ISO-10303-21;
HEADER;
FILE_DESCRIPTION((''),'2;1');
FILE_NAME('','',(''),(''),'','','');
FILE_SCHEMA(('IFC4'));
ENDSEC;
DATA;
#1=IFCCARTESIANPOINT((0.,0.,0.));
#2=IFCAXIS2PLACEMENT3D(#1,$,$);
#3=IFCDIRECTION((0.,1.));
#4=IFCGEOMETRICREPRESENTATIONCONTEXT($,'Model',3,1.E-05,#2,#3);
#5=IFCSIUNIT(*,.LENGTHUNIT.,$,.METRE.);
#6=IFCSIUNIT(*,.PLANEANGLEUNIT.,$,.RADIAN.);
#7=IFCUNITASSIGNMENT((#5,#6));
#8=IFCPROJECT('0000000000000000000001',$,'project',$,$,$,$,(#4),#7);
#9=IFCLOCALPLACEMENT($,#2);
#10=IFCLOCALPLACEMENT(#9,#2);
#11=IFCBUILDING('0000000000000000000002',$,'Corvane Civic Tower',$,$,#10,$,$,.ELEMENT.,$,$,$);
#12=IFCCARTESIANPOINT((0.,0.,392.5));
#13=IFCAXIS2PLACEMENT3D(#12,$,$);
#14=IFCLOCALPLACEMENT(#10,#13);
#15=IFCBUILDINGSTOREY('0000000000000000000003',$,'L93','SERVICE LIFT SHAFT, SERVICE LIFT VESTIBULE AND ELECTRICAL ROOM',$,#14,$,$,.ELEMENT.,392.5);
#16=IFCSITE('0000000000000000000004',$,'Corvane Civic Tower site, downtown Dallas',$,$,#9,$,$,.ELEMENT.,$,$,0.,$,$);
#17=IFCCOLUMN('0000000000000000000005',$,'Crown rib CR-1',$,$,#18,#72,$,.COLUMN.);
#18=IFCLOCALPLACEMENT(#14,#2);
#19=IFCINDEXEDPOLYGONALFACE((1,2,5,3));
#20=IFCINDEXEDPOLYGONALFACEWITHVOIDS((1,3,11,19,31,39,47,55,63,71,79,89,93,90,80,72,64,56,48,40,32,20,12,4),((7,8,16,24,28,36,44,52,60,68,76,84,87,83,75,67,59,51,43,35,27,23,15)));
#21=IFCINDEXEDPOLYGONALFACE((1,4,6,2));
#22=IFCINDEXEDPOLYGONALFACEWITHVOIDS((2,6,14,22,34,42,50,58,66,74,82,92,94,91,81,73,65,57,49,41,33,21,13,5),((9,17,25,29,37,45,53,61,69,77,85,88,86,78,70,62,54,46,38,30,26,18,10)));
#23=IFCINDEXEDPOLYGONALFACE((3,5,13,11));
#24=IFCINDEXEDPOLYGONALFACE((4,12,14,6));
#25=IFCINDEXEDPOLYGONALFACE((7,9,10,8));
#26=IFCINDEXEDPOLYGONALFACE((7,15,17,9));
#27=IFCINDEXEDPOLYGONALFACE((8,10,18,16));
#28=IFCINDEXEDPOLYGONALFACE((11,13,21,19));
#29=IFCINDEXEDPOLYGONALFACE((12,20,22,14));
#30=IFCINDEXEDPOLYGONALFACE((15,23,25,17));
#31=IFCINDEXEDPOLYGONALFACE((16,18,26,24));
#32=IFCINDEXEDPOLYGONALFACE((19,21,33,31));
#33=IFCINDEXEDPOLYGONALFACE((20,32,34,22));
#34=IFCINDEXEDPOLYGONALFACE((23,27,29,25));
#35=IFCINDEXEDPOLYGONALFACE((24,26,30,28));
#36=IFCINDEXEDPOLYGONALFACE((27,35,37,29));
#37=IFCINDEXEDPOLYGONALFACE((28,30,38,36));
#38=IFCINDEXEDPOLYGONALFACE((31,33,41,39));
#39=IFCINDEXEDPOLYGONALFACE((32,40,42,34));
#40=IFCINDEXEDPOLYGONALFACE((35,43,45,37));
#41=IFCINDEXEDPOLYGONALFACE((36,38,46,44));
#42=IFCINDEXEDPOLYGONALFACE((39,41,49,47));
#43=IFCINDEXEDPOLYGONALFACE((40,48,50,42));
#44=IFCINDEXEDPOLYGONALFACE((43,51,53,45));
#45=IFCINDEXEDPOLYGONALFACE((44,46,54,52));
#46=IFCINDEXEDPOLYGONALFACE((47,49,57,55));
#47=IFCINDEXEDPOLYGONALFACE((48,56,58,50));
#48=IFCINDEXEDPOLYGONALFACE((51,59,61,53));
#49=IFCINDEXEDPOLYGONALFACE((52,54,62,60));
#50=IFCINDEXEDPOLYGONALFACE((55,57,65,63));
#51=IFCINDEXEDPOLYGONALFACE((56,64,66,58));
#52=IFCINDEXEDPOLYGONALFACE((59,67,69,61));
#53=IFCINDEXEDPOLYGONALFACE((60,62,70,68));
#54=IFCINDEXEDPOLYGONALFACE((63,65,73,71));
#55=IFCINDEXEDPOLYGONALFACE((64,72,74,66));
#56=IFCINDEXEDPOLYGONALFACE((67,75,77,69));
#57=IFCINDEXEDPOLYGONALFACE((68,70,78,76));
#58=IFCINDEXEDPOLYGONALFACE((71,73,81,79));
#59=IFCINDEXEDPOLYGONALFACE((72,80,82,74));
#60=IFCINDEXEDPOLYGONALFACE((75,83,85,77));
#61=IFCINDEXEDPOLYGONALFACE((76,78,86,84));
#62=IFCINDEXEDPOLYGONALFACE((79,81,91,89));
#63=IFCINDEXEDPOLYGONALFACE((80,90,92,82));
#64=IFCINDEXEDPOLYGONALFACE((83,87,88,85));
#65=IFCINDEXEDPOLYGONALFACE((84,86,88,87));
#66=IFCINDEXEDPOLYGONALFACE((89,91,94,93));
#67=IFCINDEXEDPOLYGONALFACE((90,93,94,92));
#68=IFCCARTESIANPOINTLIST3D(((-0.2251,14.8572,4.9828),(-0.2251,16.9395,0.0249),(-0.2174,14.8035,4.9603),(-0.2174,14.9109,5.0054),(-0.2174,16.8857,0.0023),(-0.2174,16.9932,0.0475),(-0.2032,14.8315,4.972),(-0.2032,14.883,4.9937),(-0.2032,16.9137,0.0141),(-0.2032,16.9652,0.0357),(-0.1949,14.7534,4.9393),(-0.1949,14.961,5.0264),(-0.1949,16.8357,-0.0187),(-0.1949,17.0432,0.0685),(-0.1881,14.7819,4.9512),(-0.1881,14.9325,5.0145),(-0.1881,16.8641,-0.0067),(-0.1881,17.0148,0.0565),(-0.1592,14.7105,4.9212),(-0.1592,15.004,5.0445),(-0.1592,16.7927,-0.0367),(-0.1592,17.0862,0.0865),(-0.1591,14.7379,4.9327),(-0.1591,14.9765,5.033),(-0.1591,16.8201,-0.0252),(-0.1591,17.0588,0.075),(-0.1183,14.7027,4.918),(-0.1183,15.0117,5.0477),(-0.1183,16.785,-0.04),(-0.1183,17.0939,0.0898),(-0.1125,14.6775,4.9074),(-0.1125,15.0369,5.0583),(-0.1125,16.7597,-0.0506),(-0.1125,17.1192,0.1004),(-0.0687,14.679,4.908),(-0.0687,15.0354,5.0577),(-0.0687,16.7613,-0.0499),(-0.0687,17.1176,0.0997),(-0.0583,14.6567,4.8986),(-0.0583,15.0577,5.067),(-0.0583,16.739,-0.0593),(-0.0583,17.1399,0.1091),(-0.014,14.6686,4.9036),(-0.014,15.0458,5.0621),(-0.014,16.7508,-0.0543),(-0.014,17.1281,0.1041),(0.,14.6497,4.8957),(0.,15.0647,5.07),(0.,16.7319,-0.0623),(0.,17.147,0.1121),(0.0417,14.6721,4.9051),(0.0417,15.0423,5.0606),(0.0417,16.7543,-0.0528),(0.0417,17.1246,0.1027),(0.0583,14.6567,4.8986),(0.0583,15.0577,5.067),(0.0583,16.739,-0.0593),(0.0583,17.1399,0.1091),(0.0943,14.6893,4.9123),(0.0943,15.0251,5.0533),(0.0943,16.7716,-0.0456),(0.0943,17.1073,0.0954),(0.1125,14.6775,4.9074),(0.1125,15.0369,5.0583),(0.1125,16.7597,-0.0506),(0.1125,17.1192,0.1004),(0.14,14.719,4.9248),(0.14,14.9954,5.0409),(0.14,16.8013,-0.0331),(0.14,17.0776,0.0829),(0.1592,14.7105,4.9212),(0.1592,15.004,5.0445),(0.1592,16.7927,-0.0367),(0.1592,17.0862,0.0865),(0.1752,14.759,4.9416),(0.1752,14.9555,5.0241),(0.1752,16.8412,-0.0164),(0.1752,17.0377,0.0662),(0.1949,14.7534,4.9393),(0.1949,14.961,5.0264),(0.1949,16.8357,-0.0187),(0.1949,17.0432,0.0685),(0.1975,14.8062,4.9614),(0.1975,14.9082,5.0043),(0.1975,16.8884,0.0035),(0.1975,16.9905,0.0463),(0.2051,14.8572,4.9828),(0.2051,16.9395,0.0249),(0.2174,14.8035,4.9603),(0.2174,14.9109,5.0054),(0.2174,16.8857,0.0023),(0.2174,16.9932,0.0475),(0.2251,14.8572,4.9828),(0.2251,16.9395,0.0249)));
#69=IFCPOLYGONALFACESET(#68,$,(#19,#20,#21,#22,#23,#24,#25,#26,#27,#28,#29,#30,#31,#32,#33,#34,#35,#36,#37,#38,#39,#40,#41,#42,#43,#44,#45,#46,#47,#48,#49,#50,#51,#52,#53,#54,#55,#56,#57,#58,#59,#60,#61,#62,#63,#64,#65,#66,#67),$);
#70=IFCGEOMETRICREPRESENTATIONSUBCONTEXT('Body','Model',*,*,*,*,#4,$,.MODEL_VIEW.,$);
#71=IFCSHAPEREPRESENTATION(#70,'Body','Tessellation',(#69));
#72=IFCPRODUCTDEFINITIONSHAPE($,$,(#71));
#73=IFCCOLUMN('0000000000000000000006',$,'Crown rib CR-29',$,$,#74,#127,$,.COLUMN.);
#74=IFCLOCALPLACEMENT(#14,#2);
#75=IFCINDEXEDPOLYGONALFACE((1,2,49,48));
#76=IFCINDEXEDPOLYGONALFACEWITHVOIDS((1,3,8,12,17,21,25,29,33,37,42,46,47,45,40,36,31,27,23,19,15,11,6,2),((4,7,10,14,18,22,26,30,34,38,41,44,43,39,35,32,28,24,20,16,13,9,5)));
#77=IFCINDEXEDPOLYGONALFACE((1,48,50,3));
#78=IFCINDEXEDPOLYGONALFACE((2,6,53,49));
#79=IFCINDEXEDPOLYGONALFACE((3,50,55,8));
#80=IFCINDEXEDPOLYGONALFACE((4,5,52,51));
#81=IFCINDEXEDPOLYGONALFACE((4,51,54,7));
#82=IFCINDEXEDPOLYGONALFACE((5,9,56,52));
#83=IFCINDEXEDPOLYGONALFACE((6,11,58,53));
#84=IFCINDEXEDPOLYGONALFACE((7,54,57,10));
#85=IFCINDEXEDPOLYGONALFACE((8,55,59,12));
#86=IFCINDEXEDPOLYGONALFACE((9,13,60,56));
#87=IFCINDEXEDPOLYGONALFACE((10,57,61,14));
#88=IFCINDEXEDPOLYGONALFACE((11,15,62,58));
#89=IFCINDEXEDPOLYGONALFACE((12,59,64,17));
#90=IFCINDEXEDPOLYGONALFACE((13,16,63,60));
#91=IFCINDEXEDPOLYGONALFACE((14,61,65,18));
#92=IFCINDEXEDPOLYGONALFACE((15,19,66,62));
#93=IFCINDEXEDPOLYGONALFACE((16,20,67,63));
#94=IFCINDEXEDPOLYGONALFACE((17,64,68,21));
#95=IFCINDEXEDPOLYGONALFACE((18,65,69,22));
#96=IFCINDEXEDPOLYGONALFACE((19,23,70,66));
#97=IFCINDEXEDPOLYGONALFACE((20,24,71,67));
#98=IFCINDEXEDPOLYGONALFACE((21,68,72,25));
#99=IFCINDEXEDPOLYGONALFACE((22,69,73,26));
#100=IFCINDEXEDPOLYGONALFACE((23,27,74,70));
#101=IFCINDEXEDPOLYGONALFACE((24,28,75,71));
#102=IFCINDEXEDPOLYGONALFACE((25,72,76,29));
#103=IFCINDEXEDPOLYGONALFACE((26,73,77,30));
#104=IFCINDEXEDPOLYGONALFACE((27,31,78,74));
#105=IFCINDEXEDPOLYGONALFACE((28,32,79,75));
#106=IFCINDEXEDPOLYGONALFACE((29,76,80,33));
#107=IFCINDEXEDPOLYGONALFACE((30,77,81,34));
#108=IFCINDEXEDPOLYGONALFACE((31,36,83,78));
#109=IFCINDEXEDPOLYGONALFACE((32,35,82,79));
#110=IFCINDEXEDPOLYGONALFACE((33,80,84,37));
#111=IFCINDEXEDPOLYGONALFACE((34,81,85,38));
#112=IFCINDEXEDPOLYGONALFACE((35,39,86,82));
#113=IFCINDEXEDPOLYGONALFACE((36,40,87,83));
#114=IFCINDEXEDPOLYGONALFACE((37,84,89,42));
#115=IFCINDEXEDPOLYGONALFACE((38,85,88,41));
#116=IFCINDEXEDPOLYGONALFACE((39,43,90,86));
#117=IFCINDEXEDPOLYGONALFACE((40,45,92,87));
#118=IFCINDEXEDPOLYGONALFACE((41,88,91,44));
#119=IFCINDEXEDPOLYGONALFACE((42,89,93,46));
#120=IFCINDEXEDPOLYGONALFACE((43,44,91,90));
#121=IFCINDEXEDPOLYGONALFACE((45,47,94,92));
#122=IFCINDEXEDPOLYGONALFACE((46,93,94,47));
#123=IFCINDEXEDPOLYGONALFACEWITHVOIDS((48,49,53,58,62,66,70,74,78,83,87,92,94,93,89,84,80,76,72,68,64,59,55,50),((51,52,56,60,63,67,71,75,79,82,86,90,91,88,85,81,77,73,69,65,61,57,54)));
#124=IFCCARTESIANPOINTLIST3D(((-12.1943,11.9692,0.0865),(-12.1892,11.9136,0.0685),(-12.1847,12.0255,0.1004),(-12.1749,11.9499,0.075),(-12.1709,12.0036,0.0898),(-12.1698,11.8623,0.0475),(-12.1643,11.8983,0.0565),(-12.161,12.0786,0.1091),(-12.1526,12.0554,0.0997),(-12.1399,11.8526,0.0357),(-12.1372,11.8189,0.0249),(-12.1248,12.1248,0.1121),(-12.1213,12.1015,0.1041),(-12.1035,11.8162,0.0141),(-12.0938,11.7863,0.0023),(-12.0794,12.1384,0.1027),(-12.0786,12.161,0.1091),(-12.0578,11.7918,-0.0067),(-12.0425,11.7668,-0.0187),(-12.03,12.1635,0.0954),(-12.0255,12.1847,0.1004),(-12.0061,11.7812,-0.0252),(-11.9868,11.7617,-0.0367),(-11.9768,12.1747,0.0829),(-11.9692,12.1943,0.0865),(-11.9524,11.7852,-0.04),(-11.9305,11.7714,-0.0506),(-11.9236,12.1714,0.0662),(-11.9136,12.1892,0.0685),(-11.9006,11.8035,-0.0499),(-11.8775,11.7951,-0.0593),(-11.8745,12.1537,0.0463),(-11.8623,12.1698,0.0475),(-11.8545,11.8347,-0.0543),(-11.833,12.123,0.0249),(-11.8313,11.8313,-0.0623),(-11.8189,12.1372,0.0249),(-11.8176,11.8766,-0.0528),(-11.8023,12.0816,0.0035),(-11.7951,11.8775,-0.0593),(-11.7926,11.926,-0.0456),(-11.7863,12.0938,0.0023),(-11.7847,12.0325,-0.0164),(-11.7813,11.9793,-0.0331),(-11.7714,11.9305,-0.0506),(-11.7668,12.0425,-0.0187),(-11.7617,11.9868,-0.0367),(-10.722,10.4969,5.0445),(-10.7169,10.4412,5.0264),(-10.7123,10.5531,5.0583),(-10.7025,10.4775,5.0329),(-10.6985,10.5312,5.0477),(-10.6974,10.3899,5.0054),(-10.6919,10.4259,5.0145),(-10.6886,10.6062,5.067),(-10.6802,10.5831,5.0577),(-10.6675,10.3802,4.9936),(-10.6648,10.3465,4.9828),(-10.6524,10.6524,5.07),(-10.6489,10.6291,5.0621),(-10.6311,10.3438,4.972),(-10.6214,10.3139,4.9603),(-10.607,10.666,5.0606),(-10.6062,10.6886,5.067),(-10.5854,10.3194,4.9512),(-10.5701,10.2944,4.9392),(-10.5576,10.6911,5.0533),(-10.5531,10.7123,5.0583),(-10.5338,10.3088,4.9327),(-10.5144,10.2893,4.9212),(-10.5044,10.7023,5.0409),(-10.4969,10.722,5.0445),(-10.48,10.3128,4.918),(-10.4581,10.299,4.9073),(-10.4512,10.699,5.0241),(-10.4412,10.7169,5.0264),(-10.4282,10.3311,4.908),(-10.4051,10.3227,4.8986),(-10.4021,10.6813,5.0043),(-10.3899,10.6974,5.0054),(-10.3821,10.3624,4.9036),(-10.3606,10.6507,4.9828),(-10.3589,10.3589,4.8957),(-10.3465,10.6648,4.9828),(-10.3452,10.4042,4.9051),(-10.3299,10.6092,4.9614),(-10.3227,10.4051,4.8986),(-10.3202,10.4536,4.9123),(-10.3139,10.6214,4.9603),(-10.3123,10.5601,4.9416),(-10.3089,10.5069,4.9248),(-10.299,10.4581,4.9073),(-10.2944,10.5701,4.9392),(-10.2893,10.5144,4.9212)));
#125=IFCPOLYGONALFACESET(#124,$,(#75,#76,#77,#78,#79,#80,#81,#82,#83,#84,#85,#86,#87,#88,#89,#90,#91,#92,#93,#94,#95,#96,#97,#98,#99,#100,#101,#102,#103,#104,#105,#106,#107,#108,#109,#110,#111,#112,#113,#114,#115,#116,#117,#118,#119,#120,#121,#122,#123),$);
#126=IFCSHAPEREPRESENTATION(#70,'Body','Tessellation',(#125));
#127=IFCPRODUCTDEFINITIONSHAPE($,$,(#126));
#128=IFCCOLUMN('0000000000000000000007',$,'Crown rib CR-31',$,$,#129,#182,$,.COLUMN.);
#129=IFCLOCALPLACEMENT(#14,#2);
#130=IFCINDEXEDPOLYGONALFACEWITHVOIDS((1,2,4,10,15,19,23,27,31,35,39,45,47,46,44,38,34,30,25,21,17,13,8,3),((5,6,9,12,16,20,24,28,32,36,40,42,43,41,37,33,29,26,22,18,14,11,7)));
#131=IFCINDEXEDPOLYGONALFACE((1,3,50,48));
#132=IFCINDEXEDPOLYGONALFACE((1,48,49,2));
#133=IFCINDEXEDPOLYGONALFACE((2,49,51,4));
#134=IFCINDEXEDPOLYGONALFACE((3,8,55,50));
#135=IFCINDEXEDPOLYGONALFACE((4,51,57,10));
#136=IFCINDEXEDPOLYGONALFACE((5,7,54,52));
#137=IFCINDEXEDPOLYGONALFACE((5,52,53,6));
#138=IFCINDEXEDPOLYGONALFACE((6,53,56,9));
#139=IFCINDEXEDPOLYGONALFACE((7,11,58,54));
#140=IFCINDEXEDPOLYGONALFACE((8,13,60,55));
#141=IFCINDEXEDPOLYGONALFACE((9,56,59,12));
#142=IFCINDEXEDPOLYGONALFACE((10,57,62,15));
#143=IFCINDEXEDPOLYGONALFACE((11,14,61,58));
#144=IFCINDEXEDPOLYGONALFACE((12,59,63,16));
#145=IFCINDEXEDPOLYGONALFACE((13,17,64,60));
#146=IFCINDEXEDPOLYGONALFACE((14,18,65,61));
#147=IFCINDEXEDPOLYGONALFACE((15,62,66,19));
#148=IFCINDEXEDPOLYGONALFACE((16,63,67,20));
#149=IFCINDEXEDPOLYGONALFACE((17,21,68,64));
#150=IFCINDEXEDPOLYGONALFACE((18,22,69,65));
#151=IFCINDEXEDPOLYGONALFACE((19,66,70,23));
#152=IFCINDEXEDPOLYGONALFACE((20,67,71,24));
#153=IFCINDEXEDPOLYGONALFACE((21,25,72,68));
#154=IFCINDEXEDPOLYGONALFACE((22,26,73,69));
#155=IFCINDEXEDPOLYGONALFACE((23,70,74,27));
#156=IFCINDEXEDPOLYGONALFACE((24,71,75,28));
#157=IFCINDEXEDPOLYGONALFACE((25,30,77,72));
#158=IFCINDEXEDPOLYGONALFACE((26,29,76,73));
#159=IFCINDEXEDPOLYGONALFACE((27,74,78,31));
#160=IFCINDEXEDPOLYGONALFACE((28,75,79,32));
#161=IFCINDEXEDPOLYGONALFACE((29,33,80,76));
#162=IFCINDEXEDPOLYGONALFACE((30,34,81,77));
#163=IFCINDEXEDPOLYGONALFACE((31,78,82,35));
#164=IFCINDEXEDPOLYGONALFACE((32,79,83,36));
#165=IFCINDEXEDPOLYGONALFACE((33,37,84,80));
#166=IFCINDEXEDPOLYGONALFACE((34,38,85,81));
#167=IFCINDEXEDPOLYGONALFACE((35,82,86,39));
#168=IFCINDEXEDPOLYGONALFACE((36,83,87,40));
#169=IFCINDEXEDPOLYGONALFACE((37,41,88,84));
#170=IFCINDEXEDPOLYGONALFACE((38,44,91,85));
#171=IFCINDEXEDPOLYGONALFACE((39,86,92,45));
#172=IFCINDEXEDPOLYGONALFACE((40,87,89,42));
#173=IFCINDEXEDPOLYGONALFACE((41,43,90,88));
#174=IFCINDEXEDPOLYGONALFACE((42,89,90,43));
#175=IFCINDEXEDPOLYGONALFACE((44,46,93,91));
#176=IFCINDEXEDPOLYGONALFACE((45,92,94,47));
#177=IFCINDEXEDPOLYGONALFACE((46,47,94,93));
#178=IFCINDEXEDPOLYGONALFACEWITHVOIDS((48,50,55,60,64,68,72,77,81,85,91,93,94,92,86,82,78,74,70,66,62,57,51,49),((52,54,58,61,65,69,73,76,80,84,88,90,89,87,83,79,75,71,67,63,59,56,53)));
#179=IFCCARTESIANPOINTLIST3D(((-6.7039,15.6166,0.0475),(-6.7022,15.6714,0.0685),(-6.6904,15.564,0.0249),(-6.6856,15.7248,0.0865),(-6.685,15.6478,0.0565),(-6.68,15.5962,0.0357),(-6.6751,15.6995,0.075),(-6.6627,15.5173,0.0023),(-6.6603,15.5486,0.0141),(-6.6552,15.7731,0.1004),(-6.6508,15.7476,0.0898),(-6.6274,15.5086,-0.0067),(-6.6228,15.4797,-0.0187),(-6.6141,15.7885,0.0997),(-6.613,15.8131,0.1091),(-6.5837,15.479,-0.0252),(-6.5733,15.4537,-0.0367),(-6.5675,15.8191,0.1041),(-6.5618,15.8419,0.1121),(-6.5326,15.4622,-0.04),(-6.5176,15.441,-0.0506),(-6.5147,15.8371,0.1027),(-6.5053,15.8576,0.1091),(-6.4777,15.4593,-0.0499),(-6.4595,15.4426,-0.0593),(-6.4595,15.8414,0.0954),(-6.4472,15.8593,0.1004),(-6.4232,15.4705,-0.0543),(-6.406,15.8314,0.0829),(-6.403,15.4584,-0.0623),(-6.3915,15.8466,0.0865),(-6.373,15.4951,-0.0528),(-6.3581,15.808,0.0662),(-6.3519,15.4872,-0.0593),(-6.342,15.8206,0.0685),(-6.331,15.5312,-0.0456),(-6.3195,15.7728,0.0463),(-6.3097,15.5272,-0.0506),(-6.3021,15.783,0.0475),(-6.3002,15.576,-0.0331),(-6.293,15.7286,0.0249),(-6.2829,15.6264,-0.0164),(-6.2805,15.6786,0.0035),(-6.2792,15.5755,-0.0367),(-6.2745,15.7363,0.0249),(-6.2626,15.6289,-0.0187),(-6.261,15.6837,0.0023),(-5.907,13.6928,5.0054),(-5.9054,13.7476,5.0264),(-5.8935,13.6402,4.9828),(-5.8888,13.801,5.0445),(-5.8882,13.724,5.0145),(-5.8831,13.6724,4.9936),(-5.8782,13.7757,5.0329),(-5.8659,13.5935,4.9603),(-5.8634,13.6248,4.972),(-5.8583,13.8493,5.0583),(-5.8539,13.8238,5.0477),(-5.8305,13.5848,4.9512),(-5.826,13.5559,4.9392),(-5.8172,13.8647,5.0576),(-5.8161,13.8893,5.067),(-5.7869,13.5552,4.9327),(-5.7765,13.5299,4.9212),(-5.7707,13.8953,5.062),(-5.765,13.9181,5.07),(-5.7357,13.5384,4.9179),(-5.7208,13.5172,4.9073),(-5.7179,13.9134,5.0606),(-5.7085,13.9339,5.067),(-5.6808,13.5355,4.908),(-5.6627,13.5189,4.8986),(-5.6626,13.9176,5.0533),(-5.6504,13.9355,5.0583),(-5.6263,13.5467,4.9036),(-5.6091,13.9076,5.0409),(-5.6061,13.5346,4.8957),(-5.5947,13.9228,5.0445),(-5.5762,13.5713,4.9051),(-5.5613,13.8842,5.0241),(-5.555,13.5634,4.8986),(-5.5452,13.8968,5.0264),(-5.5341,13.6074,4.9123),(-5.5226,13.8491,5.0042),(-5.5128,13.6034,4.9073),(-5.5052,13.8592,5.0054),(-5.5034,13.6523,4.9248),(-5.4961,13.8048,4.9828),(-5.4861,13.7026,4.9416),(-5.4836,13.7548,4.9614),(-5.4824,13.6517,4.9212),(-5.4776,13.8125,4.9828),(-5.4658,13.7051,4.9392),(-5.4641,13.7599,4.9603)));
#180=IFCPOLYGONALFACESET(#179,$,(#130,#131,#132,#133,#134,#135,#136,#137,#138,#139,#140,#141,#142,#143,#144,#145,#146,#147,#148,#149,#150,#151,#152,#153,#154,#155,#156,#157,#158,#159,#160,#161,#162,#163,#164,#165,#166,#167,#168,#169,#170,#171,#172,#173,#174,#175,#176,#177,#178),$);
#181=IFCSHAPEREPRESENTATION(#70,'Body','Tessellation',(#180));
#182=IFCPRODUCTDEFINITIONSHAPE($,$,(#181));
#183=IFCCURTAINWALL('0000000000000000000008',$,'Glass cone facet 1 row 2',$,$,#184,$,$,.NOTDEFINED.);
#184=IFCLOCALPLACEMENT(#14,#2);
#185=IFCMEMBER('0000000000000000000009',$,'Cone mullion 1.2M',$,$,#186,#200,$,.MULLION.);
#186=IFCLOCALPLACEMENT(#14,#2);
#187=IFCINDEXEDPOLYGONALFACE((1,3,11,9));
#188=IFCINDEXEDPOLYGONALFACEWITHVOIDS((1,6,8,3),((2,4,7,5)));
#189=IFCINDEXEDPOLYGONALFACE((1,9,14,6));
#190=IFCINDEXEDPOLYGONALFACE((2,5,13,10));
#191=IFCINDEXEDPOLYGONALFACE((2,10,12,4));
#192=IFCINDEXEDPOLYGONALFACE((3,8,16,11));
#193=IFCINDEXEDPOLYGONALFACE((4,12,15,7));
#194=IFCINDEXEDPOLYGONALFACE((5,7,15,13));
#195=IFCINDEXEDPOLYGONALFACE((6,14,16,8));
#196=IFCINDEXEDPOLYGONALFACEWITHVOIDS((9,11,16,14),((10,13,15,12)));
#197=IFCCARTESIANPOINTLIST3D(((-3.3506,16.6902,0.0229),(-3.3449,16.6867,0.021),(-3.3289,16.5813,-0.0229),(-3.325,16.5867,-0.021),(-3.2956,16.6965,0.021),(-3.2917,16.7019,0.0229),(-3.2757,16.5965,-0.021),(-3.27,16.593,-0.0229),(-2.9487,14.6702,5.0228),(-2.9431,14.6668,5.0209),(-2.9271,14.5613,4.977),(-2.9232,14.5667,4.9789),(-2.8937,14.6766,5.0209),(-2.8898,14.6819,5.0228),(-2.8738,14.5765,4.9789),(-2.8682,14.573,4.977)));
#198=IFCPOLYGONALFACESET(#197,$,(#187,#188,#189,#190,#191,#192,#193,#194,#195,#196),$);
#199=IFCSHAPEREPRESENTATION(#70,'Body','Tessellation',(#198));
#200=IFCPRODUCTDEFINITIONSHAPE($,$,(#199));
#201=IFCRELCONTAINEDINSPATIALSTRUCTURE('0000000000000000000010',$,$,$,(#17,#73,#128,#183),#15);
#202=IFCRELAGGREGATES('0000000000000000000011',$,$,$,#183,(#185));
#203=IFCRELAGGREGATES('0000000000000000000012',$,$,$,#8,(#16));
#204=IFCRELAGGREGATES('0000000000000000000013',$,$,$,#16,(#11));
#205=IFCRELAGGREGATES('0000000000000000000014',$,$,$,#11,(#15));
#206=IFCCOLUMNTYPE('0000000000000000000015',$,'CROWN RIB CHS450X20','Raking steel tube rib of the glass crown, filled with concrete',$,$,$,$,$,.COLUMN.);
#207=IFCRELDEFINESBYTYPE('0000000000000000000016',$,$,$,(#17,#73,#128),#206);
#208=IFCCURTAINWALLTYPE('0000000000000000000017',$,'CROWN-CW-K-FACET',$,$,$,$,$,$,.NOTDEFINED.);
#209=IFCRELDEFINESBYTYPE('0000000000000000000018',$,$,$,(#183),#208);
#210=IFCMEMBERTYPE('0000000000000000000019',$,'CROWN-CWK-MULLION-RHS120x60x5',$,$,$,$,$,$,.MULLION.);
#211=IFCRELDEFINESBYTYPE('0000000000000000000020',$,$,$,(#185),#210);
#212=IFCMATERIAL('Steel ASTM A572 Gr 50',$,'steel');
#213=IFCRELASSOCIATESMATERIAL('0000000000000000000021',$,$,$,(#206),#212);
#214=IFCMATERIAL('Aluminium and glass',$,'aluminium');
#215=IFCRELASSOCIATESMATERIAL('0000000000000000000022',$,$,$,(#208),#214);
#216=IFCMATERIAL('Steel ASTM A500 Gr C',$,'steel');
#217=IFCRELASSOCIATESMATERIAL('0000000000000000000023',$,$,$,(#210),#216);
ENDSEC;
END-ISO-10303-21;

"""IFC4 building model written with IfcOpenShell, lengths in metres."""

from ifc_helpers import new_model, si_unit, direction, frame, origin, origin_2d, place, context, subcontext, project, spatial, hollow_rectangle, hollow_circle, extrude, material, material_profile, profile_set, type_object, element, aggregate, save


model = new_model("IFC4")

# Units and contexts
model_context = context("Model", 3, precision=1e-05, world=origin(), true_north=direction((0.0, 1.0)))
body_context = subcontext(model_context, "Body", "Model", "MODEL_VIEW")
ifc_project = project(units=[si_unit("LENGTHUNIT", "METRE"), si_unit("PLANEANGLEUNIT", "RADIAN")], contexts=[model_context])

# Site, building, storey
site_placement = place(None, origin())
site = spatial("IfcSite", under=ifc_project, at=site_placement, Name="Corvane Civic Tower site, downtown Dallas", CompositionType="ELEMENT", RefElevation=0.0)
building_placement = place(site_placement, origin())
building = spatial("IfcBuilding", under=site, at=building_placement, Name="Corvane Civic Tower", CompositionType="ELEMENT")
storey_placement = place(building_placement, frame((0.0, 0.0, 392.5)))
storey = spatial("IfcBuildingStorey", under=building, at=storey_placement, Name="L93", Description="SERVICE LIFT SHAFT, SERVICE LIFT VESTIBULE AND ELECTRICAL ROOM", CompositionType="ELEMENT", Elevation=392.5)

# Columns
ifc_material_1 = material(Name="Steel ASTM A572 Gr 50", Category="steel")
ifc_material_profile_1 = material_profile(ifc_material_1, hollow_circle(Radius=0.2251, WallThickness=0.02, at=origin_2d()), Name="CHS450X20")
ifc_profile_set_1 = profile_set([ifc_material_profile_1], Name="Steel ASTM A572 Gr 50")
column_type = type_object("IfcColumnType", Name="CROWN RIB CHS450X20", Description="Raking steel tube rib of the glass crown, filled with concrete", PredefinedType="COLUMN", material=ifc_profile_set_1)
for number, where, z_axis, x_axis, name in (
    (1, (0.0, 16.9395, 0.0249), (0.0, -0.387219, 0.921988), (1.0, 0.0, 0.0), "Crown rib CR-1"),
    (2, (-11.978, 11.978, 0.0249), (0.273808, -0.273808, 0.921986), (0.707107, 0.707107, 0.0), "Crown rib CR-29"),
    (3, (-6.4824, 15.6501, 0.0249), (0.148186, -0.357752, 0.921984), (0.92388, 0.382683, 0.0), "Crown rib CR-31"),
):
    element("IfcColumn", number, at=place(storey_placement, frame(where, z_axis=z_axis, x_axis=x_axis)), inside=storey, type_object=column_type, Name=name, PredefinedType="COLUMN", context=body_context, shape_type="SweptSolid", body=[
        extrude(hollow_circle(Radius=0.2251, WallThickness=0.02, at=origin_2d()), origin(), (0.0, 0.0, 1.0), 5.3774),
    ])

# Curtain wall, member
ifc_material_2 = material(Name="Aluminium and glass", Category="aluminium")
curtain_wall_type = type_object("IfcCurtainWallType", Name="CROWN-CW-K-FACET", PredefinedType="NOTDEFINED", material=ifc_material_2)
curtain_wall_1_placement = place(storey_placement, origin())
curtain_wall_1 = element("IfcCurtainWall", 4, at=curtain_wall_1_placement, inside=storey, type_object=curtain_wall_type, Name="Glass cone facet 1 row 2", PredefinedType="NOTDEFINED")
ifc_material_3 = material(Name="Steel ASTM A500 Gr C", Category="steel")
ifc_material_profile_2 = material_profile(ifc_material_3, hollow_rectangle(XDim=0.0601, YDim=0.1201, WallThickness=0.0049, at=origin_2d()), Name="RHS 120x60x5")
ifc_profile_set_2 = profile_set([ifc_material_profile_2], Name="Steel ASTM A500 Gr C")
member_type_1 = type_object("IfcMemberType", Name="CROWN-CWK-MULLION-RHS120x60x5", PredefinedType="MULLION", material=ifc_profile_set_2)
member_1_placement = place(storey_placement, frame((-3.3103, 16.6416, 0.0), z_axis=(0.074313, -0.373553, 0.924627), x_axis=(0.980781, 0.195113, 0.0)))
member_1 = element("IfcMember", 5, at=member_1_placement, type_object=member_type_1, Name="Cone mullion 1.2M", PredefinedType="MULLION", context=body_context, shape_type="SweptSolid", body=[
    extrude(hollow_rectangle(XDim=0.0601, YDim=0.1201, WallThickness=0.0049, at=origin_2d()), origin(), (0.0, 0.0, 1.0), 5.4075),
])

aggregate(curtain_wall_1, [member_1])

save(model, "model.ifc")
